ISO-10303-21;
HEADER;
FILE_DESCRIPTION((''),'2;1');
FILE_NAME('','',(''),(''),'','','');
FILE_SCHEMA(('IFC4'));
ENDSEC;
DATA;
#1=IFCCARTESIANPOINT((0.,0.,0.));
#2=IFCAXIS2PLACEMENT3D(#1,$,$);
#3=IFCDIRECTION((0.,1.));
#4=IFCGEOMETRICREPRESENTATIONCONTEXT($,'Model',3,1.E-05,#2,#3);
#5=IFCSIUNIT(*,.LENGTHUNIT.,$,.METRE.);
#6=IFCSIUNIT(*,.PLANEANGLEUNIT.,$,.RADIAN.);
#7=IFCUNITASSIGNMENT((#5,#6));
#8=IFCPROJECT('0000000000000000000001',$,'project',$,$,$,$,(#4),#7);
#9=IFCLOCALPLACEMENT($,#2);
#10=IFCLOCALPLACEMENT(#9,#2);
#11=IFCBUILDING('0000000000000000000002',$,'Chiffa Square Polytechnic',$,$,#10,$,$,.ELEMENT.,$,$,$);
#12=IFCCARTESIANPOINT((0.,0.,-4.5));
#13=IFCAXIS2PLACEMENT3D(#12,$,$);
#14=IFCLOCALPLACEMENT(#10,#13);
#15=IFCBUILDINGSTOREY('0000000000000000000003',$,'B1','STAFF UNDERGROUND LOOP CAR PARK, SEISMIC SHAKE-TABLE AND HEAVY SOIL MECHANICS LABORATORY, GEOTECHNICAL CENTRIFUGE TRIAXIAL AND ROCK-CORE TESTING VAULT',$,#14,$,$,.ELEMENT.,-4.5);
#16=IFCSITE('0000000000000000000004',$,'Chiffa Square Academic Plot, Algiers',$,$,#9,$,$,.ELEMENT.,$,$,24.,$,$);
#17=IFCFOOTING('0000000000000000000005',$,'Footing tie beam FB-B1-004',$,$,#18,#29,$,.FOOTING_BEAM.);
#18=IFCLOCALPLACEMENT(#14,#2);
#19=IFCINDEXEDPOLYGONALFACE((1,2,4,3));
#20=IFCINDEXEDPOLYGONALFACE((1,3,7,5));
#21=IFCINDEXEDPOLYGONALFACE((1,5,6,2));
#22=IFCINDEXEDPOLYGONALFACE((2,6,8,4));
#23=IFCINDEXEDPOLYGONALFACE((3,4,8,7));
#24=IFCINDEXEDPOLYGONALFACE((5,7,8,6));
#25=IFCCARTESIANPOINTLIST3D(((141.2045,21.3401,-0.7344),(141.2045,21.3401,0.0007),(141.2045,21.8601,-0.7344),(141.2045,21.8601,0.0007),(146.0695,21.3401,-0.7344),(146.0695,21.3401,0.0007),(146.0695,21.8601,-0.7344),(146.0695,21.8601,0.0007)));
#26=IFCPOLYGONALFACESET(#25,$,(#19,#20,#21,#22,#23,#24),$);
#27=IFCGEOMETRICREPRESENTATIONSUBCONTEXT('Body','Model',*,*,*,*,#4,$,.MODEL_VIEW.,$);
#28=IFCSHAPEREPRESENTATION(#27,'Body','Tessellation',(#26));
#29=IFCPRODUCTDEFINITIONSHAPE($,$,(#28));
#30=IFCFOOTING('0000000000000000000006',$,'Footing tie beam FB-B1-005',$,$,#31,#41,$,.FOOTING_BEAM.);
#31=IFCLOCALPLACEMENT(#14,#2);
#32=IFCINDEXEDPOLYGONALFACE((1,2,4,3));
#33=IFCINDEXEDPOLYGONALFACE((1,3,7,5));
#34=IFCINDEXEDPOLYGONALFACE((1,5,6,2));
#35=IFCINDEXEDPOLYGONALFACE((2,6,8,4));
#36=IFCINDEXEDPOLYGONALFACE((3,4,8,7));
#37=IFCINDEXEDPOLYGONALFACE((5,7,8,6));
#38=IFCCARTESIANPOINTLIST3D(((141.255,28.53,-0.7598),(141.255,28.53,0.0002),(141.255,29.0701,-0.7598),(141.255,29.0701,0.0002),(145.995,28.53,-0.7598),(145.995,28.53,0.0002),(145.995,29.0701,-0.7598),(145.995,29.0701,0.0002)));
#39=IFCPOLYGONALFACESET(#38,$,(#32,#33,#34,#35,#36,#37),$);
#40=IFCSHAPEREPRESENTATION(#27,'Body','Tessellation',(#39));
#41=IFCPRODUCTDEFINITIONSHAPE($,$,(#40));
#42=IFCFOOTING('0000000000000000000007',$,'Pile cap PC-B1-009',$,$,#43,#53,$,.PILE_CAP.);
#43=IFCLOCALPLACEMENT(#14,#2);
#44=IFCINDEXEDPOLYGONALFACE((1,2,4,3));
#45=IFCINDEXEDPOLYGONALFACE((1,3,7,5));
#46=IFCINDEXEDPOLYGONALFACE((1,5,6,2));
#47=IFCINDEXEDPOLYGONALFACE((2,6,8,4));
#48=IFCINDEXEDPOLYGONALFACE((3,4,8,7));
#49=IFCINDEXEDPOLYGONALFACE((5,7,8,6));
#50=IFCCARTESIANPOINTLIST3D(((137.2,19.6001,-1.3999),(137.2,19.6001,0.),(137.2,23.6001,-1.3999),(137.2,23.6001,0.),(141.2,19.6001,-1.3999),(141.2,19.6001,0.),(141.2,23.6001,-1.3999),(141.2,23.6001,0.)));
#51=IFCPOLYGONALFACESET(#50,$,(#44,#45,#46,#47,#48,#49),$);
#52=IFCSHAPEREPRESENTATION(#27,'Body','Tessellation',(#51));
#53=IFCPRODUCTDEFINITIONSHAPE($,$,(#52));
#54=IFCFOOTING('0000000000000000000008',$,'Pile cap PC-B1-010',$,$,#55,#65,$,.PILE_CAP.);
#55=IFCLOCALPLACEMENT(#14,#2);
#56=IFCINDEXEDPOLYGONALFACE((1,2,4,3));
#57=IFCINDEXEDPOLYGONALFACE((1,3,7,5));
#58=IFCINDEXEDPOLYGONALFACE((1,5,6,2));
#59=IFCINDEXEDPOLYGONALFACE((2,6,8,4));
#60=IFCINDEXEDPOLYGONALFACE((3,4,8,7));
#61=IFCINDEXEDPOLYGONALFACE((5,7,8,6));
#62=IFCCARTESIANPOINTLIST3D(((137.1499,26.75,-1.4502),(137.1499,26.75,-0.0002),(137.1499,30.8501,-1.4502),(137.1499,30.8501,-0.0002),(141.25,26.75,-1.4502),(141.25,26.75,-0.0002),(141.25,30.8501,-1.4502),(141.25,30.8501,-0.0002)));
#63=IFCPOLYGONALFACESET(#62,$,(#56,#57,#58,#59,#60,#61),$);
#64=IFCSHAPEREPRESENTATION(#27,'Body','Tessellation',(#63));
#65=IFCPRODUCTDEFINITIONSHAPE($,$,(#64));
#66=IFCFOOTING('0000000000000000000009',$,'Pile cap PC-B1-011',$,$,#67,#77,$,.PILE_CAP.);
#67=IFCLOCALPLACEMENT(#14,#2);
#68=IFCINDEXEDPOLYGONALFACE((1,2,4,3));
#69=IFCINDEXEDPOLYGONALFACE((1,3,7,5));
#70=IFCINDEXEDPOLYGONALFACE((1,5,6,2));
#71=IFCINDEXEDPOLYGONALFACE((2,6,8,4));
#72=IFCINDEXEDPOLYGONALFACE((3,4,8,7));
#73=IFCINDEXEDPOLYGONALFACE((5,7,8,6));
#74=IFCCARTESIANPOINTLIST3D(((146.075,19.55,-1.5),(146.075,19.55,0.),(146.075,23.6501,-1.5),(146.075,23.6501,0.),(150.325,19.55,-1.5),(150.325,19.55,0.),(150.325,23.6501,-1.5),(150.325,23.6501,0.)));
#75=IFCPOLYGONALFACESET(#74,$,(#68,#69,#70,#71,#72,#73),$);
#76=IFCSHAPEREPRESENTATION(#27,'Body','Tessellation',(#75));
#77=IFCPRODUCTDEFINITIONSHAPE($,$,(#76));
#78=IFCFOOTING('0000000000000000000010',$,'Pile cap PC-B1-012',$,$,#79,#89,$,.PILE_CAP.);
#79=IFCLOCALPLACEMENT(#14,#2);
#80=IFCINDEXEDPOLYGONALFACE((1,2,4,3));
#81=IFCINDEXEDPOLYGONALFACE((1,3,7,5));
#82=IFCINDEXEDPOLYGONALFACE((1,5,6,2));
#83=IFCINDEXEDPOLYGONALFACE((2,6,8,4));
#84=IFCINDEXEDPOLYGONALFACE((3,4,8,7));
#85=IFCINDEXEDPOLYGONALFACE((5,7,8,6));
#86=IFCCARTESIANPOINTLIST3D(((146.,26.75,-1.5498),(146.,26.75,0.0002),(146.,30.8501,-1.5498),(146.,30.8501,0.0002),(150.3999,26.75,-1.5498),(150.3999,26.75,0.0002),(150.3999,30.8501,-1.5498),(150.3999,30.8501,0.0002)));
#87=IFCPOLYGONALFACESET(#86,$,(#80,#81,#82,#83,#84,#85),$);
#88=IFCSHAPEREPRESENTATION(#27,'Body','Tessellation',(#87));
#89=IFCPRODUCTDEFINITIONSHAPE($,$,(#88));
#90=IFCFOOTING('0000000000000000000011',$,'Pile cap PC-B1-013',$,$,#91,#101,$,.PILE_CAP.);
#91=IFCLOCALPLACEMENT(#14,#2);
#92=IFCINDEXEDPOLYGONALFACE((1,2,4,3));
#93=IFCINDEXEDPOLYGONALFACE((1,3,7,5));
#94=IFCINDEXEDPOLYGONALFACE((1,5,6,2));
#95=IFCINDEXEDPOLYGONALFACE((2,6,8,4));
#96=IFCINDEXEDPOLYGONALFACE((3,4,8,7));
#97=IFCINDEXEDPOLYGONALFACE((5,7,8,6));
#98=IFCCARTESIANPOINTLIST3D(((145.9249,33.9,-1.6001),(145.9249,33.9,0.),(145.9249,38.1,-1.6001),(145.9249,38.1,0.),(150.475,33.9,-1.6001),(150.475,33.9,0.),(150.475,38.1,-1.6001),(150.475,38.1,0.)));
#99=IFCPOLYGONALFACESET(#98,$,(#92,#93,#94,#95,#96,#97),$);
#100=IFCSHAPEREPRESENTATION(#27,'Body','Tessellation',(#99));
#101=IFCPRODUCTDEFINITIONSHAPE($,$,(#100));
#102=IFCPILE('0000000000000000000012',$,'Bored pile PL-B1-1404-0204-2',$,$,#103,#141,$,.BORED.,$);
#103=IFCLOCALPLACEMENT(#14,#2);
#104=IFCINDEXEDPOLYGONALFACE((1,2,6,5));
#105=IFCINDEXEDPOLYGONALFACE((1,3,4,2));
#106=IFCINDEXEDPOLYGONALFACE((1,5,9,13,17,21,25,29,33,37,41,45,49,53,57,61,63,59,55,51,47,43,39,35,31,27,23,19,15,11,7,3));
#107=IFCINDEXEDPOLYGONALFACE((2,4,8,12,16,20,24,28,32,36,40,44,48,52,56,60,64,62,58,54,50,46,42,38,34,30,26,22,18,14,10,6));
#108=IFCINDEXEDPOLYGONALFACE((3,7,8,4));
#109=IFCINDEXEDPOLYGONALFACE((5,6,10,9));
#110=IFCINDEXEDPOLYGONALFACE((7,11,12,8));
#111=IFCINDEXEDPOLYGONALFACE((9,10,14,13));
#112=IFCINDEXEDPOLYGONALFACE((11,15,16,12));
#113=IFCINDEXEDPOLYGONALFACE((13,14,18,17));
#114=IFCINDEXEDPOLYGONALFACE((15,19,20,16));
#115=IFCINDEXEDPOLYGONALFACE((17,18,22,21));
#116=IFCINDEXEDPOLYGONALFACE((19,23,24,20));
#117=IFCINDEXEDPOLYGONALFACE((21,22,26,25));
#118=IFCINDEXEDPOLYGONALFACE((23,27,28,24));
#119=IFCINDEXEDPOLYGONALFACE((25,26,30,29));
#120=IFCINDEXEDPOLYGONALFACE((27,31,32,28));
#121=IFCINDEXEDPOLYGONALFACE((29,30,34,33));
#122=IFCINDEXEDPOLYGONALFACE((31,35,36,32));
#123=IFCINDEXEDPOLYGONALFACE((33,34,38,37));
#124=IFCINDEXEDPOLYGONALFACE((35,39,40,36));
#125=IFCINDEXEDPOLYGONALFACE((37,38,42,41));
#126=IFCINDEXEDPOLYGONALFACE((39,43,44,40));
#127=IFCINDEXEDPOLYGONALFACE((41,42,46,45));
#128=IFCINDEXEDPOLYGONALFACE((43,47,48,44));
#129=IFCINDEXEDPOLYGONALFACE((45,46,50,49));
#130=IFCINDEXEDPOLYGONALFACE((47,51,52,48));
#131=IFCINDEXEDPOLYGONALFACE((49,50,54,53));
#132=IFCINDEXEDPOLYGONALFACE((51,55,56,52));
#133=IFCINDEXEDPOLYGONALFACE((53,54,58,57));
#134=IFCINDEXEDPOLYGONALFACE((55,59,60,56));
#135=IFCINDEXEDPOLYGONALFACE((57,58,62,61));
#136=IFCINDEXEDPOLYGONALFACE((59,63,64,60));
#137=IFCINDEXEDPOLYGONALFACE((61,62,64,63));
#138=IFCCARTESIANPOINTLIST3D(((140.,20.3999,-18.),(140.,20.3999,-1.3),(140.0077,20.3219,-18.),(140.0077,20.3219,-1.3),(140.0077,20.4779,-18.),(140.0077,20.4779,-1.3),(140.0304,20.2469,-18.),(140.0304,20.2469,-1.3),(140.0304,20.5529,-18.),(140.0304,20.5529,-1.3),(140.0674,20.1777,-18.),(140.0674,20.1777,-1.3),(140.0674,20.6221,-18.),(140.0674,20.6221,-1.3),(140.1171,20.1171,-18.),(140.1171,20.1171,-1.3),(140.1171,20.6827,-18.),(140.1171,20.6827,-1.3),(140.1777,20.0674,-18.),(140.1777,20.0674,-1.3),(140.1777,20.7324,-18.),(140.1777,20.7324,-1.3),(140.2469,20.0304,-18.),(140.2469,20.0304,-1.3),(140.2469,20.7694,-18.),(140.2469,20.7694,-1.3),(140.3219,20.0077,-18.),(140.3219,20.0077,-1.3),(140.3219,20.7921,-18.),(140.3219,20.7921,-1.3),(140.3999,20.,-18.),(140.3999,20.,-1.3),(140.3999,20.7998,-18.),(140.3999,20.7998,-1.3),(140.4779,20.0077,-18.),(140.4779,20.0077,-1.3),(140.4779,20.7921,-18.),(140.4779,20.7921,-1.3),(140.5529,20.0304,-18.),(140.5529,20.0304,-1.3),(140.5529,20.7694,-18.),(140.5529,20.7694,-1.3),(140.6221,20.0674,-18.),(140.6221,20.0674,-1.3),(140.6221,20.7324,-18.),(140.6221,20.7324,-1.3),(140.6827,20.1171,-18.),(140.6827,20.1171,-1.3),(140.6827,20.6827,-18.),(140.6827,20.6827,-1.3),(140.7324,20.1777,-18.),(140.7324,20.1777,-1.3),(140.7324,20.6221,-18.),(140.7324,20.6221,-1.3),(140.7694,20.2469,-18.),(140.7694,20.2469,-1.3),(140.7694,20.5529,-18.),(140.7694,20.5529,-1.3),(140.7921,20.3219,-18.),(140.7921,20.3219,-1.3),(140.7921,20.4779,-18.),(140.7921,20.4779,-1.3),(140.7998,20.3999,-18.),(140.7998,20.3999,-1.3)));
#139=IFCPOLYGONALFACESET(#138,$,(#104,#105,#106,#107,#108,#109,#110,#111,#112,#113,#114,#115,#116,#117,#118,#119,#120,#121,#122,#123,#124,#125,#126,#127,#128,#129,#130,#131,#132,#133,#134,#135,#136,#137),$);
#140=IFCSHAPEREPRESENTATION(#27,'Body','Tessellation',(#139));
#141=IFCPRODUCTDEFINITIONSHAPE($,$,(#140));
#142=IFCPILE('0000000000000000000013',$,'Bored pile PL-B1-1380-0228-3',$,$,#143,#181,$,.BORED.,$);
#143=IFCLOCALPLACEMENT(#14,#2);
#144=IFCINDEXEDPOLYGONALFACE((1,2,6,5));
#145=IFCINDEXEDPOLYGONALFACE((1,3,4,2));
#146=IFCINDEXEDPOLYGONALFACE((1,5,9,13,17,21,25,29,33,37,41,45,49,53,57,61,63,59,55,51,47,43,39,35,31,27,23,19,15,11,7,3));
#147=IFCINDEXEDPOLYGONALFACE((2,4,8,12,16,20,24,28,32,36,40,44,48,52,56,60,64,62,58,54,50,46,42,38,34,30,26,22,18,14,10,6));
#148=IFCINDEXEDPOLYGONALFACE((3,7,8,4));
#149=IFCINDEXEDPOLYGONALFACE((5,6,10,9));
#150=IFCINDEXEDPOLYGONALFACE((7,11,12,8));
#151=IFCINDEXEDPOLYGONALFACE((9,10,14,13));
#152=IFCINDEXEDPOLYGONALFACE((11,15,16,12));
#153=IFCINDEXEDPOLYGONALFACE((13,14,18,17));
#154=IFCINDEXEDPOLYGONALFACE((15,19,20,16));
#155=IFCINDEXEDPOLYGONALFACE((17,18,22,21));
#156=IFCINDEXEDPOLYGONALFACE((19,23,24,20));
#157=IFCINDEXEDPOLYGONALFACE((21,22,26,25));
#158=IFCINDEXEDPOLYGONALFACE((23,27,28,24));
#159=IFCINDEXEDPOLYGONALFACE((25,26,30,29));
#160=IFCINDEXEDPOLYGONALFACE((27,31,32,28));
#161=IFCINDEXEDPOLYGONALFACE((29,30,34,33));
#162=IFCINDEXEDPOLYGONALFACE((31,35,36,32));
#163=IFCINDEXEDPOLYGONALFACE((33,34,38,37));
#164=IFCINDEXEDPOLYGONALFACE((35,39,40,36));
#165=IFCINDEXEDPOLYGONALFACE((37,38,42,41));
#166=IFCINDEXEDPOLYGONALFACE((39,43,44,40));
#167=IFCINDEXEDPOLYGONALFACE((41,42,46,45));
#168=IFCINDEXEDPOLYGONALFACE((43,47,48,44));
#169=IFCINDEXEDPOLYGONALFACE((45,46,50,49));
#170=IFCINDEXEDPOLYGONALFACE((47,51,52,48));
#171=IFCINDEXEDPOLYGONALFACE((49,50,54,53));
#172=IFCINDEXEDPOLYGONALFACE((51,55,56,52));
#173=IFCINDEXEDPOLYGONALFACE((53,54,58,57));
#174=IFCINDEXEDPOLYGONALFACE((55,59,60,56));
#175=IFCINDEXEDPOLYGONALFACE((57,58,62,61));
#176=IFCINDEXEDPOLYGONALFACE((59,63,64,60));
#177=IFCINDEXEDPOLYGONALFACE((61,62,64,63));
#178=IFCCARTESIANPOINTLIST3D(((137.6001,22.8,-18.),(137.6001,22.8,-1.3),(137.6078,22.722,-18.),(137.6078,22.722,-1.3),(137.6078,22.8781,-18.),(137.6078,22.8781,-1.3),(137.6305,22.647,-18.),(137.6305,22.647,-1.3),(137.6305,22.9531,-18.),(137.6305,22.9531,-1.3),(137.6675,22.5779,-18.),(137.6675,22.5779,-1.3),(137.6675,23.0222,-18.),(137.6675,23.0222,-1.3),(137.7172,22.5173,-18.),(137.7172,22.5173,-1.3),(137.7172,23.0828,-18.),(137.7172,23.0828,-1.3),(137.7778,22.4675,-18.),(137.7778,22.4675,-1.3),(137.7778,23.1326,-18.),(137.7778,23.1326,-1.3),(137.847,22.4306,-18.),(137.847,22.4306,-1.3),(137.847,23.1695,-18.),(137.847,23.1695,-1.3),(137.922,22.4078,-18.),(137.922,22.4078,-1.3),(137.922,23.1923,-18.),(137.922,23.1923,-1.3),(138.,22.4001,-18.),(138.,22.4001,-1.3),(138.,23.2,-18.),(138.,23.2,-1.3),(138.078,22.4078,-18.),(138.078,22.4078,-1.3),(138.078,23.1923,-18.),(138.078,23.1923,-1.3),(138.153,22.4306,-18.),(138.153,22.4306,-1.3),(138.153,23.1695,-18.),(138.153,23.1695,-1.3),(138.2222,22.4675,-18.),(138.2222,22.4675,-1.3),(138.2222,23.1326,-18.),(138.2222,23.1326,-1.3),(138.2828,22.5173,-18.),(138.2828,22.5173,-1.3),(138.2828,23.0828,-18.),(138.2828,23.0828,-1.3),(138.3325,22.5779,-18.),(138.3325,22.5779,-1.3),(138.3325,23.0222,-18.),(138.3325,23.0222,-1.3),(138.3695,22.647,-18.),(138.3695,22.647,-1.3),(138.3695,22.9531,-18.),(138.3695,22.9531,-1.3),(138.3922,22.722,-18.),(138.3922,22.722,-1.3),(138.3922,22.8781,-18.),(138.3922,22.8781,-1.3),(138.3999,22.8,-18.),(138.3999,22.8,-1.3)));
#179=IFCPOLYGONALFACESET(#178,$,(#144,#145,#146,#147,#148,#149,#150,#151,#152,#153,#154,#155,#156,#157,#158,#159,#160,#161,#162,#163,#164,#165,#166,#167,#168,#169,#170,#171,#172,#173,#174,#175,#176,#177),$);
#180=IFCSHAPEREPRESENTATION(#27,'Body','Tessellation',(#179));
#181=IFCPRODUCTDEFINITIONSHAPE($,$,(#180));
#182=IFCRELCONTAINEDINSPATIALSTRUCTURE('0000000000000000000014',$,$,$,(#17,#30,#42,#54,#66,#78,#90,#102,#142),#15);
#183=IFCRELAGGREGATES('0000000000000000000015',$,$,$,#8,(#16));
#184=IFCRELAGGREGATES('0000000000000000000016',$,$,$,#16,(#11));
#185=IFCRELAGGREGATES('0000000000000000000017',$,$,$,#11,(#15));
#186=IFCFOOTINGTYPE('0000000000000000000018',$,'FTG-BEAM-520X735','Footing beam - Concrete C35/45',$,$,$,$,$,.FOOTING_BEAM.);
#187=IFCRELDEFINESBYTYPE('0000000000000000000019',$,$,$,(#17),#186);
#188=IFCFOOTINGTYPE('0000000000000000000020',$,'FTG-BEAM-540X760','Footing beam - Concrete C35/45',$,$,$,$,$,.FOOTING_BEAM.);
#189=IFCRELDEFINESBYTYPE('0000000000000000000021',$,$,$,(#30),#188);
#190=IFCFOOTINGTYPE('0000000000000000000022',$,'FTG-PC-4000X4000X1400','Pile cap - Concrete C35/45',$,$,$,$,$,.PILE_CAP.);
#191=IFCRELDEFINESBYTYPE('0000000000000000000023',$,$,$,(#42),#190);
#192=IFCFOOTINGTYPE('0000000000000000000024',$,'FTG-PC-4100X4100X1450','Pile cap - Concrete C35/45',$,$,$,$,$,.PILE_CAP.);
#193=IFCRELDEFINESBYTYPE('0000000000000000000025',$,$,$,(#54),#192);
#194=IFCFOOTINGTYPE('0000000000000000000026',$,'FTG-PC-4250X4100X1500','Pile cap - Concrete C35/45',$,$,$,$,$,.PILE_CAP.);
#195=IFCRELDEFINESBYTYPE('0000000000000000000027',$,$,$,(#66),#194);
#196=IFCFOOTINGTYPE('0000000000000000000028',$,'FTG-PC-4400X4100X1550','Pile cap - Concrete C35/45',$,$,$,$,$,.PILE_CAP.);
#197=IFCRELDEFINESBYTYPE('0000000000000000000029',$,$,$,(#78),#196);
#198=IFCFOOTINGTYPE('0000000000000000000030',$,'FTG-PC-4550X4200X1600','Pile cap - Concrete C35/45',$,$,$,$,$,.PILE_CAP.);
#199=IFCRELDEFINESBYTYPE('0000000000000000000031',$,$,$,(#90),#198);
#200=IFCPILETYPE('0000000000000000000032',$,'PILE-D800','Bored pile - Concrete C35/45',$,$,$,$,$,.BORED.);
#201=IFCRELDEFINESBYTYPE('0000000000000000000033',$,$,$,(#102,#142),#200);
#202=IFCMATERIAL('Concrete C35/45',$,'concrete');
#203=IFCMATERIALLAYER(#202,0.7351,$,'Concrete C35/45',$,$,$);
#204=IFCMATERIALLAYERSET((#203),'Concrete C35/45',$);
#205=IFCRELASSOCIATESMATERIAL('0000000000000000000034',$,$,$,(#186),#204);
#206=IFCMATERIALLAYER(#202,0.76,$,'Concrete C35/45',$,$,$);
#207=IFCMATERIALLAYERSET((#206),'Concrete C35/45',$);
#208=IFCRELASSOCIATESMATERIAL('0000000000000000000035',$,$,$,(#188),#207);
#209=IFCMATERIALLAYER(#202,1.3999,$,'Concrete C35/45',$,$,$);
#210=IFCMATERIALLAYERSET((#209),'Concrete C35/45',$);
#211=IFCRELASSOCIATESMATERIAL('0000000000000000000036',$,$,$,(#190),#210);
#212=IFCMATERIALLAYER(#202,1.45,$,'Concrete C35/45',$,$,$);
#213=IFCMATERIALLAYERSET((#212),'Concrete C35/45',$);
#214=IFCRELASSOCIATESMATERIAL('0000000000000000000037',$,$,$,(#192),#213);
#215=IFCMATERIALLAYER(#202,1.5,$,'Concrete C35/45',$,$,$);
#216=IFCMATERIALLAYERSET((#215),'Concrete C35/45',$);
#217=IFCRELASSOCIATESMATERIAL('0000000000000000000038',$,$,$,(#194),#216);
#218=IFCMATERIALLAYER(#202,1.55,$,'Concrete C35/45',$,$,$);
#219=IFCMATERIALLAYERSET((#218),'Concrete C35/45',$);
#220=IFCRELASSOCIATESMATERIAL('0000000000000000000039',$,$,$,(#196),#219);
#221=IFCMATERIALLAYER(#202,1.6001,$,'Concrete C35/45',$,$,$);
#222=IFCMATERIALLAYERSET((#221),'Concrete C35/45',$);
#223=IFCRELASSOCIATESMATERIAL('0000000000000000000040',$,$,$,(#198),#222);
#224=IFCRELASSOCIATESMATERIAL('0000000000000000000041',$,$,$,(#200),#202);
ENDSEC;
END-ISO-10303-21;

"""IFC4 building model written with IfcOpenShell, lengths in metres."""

from ifc_helpers import new_model, si_unit, direction, frame, origin, origin_2d, place, context, subcontext, project, spatial, rectangle, circle, extrude, material, layer, layer_set, material_profile, profile_set, type_object, element, save


model = new_model("IFC4")

# Units and contexts
model_context = context("Model", 3, precision=1e-05, world=origin(), true_north=direction((0.0, 1.0)))
body_context = subcontext(model_context, "Body", "Model", "MODEL_VIEW")
ifc_project = project(units=[si_unit("LENGTHUNIT", "METRE"), si_unit("PLANEANGLEUNIT", "RADIAN")], contexts=[model_context])

# Site, building, storey
site_placement = place(None, origin())
site = spatial("IfcSite", under=ifc_project, at=site_placement, Name="Chiffa Square Academic Plot, Algiers", CompositionType="ELEMENT", RefElevation=24.0)
building_placement = place(site_placement, origin())
building = spatial("IfcBuilding", under=site, at=building_placement, Name="Chiffa Square Polytechnic", CompositionType="ELEMENT")
storey_placement = place(building_placement, frame((0.0, 0.0, -4.5)))
storey = spatial("IfcBuildingStorey", under=building, at=storey_placement, Name="B1", Description="STAFF UNDERGROUND LOOP CAR PARK, SEISMIC SHAKE-TABLE AND HEAVY SOIL MECHANICS LABORATORY, GEOTECHNICAL CENTRIFUGE TRIAXIAL AND ROCK-CORE TESTING VAULT", CompositionType="ELEMENT", Elevation=-4.5)

# Footings
ifc_material_1 = material(Name="Concrete C35/45", Category="concrete")
ifc_layer_1 = layer(ifc_material_1, 0.7351, Name="Concrete C35/45")
ifc_layer_set_1 = layer_set([ifc_layer_1], Name="Concrete C35/45")
footing_type_1 = type_object("IfcFootingType", Name="FTG-BEAM-520X735", Description="Footing beam - Concrete C35/45", PredefinedType="FOOTING_BEAM", material=ifc_layer_set_1)
footing_1_placement = place(storey_placement, frame((143.637, 21.6001, -0.7344), z_axis=(0.0, 0.0, 1.0), x_axis=(1.0, 0.0, 0.0)))
element("IfcFooting", 1, at=footing_1_placement, inside=storey, type_object=footing_type_1, Name="Footing tie beam FB-B1-004", PredefinedType="FOOTING_BEAM", context=body_context, shape_type="SweptSolid", body=[
    extrude(rectangle(XDim=4.865, YDim=0.52, at=origin_2d()), origin(), (0.0, 0.0, 1.0), 0.7351),
])
ifc_layer_2 = layer(ifc_material_1, 0.76, Name="Concrete C35/45")
ifc_layer_set_2 = layer_set([ifc_layer_2], Name="Concrete C35/45")
footing_type_2 = type_object("IfcFootingType", Name="FTG-BEAM-540X760", Description="Footing beam - Concrete C35/45", PredefinedType="FOOTING_BEAM", material=ifc_layer_set_2)
footing_2_placement = place(storey_placement, frame((143.625, 28.8, -0.7598), z_axis=(0.0, 0.0, 1.0), x_axis=(1.0, 0.0, 0.0)))
element("IfcFooting", 2, at=footing_2_placement, inside=storey, type_object=footing_type_2, Name="Footing tie beam FB-B1-005", PredefinedType="FOOTING_BEAM", context=body_context, shape_type="SweptSolid", body=[
    extrude(rectangle(XDim=4.74, YDim=0.54, at=origin_2d()), origin(), (0.0, 0.0, 1.0), 0.76),
])
ifc_layer_3 = layer(ifc_material_1, 1.3999, Name="Concrete C35/45")
ifc_layer_set_3 = layer_set([ifc_layer_3], Name="Concrete C35/45")
footing_type_3 = type_object("IfcFootingType", Name="FTG-PC-4000X4000X1400", Description="Pile cap - Concrete C35/45", PredefinedType="PILE_CAP", material=ifc_layer_set_3)
footing_3_placement = place(storey_placement, frame((139.2, 21.6001, -1.3999), z_axis=(0.0, 0.0, 1.0), x_axis=(1.0, 0.0, 0.0)))
element("IfcFooting", 3, at=footing_3_placement, inside=storey, type_object=footing_type_3, Name="Pile cap PC-B1-009", PredefinedType="PILE_CAP", context=body_context, shape_type="SweptSolid", body=[
    extrude(rectangle(XDim=4.0, YDim=4.0, at=origin_2d()), origin(), (0.0, 0.0, 1.0), 1.3999),
])
ifc_layer_4 = layer(ifc_material_1, 1.45, Name="Concrete C35/45")
ifc_layer_set_4 = layer_set([ifc_layer_4], Name="Concrete C35/45")
footing_type_4 = type_object("IfcFootingType", Name="FTG-PC-4100X4100X1450", Description="Pile cap - Concrete C35/45", PredefinedType="PILE_CAP", material=ifc_layer_set_4)
footing_4_placement = place(storey_placement, frame((139.2, 28.8, -1.4502), z_axis=(0.0, 0.0, 1.0), x_axis=(1.0, 0.0, 0.0)))
element("IfcFooting", 4, at=footing_4_placement, inside=storey, type_object=footing_type_4, Name="Pile cap PC-B1-010", PredefinedType="PILE_CAP", context=body_context, shape_type="SweptSolid", body=[
    extrude(rectangle(XDim=4.1001, YDim=4.1001, at=origin_2d()), origin(), (0.0, 0.0, 1.0), 1.45),
])
ifc_layer_5 = layer(ifc_material_1, 1.5, Name="Concrete C35/45")
ifc_layer_set_5 = layer_set([ifc_layer_5], Name="Concrete C35/45")
footing_type_5 = type_object("IfcFootingType", Name="FTG-PC-4250X4100X1500", Description="Pile cap - Concrete C35/45", PredefinedType="PILE_CAP", material=ifc_layer_set_5)
footing_5_placement = place(storey_placement, frame((148.2, 21.6001, -1.5), z_axis=(0.0, 0.0, 1.0), x_axis=(1.0, 0.0, 0.0)))
element("IfcFooting", 5, at=footing_5_placement, inside=storey, type_object=footing_type_5, Name="Pile cap PC-B1-011", PredefinedType="PILE_CAP", context=body_context, shape_type="SweptSolid", body=[
    extrude(rectangle(XDim=4.25, YDim=4.1001, at=origin_2d()), origin(), (0.0, 0.0, 1.0), 1.5),
])
ifc_layer_6 = layer(ifc_material_1, 1.55, Name="Concrete C35/45")
ifc_layer_set_6 = layer_set([ifc_layer_6], Name="Concrete C35/45")
footing_type_6 = type_object("IfcFootingType", Name="FTG-PC-4400X4100X1550", Description="Pile cap - Concrete C35/45", PredefinedType="PILE_CAP", material=ifc_layer_set_6)
footing_6_placement = place(storey_placement, frame((148.2, 28.8, -1.5498), z_axis=(0.0, 0.0, 1.0), x_axis=(1.0, 0.0, 0.0)))
element("IfcFooting", 6, at=footing_6_placement, inside=storey, type_object=footing_type_6, Name="Pile cap PC-B1-012", PredefinedType="PILE_CAP", context=body_context, shape_type="SweptSolid", body=[
    extrude(rectangle(XDim=4.3999, YDim=4.1001, at=origin_2d()), origin(), (0.0, 0.0, 1.0), 1.55),
])
ifc_layer_7 = layer(ifc_material_1, 1.6001, Name="Concrete C35/45")
ifc_layer_set_7 = layer_set([ifc_layer_7], Name="Concrete C35/45")
footing_type_7 = type_object("IfcFootingType", Name="FTG-PC-4550X4200X1600", Description="Pile cap - Concrete C35/45", PredefinedType="PILE_CAP", material=ifc_layer_set_7)
footing_7_placement = place(storey_placement, frame((148.2, 36.0, -1.6001), z_axis=(0.0, 0.0, 1.0), x_axis=(1.0, 0.0, 0.0)))
element("IfcFooting", 7, at=footing_7_placement, inside=storey, type_object=footing_type_7, Name="Pile cap PC-B1-013", PredefinedType="PILE_CAP", context=body_context, shape_type="SweptSolid", body=[
    extrude(rectangle(XDim=4.55, YDim=4.2, at=origin_2d()), origin(), (0.0, 0.0, 1.0), 1.6001),
])

# Piles
ifc_material_profile_1 = material_profile(ifc_material_1, circle(Radius=0.3999, at=origin_2d()), Name="PILE D800")
ifc_profile_set_1 = profile_set([ifc_material_profile_1], Name="Concrete C35/45")
pile_type_1 = type_object("IfcPileType", Name="PILE-D800", Description="Bored pile - Concrete C35/45", PredefinedType="BORED", material=ifc_profile_set_1)
for number, where, z_axis, x_axis, name in (
    (8, (140.3999, 20.3999, -1.3), (0.0, 0.0, -1.0), (1.0, 0.0, 0.0), "Bored pile PL-B1-1404-0204-2"),
    (9, (138.0, 22.8, -1.3), (0.0, 0.0, -1.0), (1.0, 0.0, 0.0), "Bored pile PL-B1-1380-0228-3"),
):
    element("IfcPile", number, at=place(storey_placement, frame(where, z_axis=z_axis, x_axis=x_axis)), inside=storey, type_object=pile_type_1, Name=name, PredefinedType="BORED", context=body_context, shape_type="SweptSolid", body=[
        extrude(circle(Radius=0.3999, at=origin_2d()), origin(), (0.0, 0.0, 1.0), 16.7),
    ])

save(model, "model.ifc")
